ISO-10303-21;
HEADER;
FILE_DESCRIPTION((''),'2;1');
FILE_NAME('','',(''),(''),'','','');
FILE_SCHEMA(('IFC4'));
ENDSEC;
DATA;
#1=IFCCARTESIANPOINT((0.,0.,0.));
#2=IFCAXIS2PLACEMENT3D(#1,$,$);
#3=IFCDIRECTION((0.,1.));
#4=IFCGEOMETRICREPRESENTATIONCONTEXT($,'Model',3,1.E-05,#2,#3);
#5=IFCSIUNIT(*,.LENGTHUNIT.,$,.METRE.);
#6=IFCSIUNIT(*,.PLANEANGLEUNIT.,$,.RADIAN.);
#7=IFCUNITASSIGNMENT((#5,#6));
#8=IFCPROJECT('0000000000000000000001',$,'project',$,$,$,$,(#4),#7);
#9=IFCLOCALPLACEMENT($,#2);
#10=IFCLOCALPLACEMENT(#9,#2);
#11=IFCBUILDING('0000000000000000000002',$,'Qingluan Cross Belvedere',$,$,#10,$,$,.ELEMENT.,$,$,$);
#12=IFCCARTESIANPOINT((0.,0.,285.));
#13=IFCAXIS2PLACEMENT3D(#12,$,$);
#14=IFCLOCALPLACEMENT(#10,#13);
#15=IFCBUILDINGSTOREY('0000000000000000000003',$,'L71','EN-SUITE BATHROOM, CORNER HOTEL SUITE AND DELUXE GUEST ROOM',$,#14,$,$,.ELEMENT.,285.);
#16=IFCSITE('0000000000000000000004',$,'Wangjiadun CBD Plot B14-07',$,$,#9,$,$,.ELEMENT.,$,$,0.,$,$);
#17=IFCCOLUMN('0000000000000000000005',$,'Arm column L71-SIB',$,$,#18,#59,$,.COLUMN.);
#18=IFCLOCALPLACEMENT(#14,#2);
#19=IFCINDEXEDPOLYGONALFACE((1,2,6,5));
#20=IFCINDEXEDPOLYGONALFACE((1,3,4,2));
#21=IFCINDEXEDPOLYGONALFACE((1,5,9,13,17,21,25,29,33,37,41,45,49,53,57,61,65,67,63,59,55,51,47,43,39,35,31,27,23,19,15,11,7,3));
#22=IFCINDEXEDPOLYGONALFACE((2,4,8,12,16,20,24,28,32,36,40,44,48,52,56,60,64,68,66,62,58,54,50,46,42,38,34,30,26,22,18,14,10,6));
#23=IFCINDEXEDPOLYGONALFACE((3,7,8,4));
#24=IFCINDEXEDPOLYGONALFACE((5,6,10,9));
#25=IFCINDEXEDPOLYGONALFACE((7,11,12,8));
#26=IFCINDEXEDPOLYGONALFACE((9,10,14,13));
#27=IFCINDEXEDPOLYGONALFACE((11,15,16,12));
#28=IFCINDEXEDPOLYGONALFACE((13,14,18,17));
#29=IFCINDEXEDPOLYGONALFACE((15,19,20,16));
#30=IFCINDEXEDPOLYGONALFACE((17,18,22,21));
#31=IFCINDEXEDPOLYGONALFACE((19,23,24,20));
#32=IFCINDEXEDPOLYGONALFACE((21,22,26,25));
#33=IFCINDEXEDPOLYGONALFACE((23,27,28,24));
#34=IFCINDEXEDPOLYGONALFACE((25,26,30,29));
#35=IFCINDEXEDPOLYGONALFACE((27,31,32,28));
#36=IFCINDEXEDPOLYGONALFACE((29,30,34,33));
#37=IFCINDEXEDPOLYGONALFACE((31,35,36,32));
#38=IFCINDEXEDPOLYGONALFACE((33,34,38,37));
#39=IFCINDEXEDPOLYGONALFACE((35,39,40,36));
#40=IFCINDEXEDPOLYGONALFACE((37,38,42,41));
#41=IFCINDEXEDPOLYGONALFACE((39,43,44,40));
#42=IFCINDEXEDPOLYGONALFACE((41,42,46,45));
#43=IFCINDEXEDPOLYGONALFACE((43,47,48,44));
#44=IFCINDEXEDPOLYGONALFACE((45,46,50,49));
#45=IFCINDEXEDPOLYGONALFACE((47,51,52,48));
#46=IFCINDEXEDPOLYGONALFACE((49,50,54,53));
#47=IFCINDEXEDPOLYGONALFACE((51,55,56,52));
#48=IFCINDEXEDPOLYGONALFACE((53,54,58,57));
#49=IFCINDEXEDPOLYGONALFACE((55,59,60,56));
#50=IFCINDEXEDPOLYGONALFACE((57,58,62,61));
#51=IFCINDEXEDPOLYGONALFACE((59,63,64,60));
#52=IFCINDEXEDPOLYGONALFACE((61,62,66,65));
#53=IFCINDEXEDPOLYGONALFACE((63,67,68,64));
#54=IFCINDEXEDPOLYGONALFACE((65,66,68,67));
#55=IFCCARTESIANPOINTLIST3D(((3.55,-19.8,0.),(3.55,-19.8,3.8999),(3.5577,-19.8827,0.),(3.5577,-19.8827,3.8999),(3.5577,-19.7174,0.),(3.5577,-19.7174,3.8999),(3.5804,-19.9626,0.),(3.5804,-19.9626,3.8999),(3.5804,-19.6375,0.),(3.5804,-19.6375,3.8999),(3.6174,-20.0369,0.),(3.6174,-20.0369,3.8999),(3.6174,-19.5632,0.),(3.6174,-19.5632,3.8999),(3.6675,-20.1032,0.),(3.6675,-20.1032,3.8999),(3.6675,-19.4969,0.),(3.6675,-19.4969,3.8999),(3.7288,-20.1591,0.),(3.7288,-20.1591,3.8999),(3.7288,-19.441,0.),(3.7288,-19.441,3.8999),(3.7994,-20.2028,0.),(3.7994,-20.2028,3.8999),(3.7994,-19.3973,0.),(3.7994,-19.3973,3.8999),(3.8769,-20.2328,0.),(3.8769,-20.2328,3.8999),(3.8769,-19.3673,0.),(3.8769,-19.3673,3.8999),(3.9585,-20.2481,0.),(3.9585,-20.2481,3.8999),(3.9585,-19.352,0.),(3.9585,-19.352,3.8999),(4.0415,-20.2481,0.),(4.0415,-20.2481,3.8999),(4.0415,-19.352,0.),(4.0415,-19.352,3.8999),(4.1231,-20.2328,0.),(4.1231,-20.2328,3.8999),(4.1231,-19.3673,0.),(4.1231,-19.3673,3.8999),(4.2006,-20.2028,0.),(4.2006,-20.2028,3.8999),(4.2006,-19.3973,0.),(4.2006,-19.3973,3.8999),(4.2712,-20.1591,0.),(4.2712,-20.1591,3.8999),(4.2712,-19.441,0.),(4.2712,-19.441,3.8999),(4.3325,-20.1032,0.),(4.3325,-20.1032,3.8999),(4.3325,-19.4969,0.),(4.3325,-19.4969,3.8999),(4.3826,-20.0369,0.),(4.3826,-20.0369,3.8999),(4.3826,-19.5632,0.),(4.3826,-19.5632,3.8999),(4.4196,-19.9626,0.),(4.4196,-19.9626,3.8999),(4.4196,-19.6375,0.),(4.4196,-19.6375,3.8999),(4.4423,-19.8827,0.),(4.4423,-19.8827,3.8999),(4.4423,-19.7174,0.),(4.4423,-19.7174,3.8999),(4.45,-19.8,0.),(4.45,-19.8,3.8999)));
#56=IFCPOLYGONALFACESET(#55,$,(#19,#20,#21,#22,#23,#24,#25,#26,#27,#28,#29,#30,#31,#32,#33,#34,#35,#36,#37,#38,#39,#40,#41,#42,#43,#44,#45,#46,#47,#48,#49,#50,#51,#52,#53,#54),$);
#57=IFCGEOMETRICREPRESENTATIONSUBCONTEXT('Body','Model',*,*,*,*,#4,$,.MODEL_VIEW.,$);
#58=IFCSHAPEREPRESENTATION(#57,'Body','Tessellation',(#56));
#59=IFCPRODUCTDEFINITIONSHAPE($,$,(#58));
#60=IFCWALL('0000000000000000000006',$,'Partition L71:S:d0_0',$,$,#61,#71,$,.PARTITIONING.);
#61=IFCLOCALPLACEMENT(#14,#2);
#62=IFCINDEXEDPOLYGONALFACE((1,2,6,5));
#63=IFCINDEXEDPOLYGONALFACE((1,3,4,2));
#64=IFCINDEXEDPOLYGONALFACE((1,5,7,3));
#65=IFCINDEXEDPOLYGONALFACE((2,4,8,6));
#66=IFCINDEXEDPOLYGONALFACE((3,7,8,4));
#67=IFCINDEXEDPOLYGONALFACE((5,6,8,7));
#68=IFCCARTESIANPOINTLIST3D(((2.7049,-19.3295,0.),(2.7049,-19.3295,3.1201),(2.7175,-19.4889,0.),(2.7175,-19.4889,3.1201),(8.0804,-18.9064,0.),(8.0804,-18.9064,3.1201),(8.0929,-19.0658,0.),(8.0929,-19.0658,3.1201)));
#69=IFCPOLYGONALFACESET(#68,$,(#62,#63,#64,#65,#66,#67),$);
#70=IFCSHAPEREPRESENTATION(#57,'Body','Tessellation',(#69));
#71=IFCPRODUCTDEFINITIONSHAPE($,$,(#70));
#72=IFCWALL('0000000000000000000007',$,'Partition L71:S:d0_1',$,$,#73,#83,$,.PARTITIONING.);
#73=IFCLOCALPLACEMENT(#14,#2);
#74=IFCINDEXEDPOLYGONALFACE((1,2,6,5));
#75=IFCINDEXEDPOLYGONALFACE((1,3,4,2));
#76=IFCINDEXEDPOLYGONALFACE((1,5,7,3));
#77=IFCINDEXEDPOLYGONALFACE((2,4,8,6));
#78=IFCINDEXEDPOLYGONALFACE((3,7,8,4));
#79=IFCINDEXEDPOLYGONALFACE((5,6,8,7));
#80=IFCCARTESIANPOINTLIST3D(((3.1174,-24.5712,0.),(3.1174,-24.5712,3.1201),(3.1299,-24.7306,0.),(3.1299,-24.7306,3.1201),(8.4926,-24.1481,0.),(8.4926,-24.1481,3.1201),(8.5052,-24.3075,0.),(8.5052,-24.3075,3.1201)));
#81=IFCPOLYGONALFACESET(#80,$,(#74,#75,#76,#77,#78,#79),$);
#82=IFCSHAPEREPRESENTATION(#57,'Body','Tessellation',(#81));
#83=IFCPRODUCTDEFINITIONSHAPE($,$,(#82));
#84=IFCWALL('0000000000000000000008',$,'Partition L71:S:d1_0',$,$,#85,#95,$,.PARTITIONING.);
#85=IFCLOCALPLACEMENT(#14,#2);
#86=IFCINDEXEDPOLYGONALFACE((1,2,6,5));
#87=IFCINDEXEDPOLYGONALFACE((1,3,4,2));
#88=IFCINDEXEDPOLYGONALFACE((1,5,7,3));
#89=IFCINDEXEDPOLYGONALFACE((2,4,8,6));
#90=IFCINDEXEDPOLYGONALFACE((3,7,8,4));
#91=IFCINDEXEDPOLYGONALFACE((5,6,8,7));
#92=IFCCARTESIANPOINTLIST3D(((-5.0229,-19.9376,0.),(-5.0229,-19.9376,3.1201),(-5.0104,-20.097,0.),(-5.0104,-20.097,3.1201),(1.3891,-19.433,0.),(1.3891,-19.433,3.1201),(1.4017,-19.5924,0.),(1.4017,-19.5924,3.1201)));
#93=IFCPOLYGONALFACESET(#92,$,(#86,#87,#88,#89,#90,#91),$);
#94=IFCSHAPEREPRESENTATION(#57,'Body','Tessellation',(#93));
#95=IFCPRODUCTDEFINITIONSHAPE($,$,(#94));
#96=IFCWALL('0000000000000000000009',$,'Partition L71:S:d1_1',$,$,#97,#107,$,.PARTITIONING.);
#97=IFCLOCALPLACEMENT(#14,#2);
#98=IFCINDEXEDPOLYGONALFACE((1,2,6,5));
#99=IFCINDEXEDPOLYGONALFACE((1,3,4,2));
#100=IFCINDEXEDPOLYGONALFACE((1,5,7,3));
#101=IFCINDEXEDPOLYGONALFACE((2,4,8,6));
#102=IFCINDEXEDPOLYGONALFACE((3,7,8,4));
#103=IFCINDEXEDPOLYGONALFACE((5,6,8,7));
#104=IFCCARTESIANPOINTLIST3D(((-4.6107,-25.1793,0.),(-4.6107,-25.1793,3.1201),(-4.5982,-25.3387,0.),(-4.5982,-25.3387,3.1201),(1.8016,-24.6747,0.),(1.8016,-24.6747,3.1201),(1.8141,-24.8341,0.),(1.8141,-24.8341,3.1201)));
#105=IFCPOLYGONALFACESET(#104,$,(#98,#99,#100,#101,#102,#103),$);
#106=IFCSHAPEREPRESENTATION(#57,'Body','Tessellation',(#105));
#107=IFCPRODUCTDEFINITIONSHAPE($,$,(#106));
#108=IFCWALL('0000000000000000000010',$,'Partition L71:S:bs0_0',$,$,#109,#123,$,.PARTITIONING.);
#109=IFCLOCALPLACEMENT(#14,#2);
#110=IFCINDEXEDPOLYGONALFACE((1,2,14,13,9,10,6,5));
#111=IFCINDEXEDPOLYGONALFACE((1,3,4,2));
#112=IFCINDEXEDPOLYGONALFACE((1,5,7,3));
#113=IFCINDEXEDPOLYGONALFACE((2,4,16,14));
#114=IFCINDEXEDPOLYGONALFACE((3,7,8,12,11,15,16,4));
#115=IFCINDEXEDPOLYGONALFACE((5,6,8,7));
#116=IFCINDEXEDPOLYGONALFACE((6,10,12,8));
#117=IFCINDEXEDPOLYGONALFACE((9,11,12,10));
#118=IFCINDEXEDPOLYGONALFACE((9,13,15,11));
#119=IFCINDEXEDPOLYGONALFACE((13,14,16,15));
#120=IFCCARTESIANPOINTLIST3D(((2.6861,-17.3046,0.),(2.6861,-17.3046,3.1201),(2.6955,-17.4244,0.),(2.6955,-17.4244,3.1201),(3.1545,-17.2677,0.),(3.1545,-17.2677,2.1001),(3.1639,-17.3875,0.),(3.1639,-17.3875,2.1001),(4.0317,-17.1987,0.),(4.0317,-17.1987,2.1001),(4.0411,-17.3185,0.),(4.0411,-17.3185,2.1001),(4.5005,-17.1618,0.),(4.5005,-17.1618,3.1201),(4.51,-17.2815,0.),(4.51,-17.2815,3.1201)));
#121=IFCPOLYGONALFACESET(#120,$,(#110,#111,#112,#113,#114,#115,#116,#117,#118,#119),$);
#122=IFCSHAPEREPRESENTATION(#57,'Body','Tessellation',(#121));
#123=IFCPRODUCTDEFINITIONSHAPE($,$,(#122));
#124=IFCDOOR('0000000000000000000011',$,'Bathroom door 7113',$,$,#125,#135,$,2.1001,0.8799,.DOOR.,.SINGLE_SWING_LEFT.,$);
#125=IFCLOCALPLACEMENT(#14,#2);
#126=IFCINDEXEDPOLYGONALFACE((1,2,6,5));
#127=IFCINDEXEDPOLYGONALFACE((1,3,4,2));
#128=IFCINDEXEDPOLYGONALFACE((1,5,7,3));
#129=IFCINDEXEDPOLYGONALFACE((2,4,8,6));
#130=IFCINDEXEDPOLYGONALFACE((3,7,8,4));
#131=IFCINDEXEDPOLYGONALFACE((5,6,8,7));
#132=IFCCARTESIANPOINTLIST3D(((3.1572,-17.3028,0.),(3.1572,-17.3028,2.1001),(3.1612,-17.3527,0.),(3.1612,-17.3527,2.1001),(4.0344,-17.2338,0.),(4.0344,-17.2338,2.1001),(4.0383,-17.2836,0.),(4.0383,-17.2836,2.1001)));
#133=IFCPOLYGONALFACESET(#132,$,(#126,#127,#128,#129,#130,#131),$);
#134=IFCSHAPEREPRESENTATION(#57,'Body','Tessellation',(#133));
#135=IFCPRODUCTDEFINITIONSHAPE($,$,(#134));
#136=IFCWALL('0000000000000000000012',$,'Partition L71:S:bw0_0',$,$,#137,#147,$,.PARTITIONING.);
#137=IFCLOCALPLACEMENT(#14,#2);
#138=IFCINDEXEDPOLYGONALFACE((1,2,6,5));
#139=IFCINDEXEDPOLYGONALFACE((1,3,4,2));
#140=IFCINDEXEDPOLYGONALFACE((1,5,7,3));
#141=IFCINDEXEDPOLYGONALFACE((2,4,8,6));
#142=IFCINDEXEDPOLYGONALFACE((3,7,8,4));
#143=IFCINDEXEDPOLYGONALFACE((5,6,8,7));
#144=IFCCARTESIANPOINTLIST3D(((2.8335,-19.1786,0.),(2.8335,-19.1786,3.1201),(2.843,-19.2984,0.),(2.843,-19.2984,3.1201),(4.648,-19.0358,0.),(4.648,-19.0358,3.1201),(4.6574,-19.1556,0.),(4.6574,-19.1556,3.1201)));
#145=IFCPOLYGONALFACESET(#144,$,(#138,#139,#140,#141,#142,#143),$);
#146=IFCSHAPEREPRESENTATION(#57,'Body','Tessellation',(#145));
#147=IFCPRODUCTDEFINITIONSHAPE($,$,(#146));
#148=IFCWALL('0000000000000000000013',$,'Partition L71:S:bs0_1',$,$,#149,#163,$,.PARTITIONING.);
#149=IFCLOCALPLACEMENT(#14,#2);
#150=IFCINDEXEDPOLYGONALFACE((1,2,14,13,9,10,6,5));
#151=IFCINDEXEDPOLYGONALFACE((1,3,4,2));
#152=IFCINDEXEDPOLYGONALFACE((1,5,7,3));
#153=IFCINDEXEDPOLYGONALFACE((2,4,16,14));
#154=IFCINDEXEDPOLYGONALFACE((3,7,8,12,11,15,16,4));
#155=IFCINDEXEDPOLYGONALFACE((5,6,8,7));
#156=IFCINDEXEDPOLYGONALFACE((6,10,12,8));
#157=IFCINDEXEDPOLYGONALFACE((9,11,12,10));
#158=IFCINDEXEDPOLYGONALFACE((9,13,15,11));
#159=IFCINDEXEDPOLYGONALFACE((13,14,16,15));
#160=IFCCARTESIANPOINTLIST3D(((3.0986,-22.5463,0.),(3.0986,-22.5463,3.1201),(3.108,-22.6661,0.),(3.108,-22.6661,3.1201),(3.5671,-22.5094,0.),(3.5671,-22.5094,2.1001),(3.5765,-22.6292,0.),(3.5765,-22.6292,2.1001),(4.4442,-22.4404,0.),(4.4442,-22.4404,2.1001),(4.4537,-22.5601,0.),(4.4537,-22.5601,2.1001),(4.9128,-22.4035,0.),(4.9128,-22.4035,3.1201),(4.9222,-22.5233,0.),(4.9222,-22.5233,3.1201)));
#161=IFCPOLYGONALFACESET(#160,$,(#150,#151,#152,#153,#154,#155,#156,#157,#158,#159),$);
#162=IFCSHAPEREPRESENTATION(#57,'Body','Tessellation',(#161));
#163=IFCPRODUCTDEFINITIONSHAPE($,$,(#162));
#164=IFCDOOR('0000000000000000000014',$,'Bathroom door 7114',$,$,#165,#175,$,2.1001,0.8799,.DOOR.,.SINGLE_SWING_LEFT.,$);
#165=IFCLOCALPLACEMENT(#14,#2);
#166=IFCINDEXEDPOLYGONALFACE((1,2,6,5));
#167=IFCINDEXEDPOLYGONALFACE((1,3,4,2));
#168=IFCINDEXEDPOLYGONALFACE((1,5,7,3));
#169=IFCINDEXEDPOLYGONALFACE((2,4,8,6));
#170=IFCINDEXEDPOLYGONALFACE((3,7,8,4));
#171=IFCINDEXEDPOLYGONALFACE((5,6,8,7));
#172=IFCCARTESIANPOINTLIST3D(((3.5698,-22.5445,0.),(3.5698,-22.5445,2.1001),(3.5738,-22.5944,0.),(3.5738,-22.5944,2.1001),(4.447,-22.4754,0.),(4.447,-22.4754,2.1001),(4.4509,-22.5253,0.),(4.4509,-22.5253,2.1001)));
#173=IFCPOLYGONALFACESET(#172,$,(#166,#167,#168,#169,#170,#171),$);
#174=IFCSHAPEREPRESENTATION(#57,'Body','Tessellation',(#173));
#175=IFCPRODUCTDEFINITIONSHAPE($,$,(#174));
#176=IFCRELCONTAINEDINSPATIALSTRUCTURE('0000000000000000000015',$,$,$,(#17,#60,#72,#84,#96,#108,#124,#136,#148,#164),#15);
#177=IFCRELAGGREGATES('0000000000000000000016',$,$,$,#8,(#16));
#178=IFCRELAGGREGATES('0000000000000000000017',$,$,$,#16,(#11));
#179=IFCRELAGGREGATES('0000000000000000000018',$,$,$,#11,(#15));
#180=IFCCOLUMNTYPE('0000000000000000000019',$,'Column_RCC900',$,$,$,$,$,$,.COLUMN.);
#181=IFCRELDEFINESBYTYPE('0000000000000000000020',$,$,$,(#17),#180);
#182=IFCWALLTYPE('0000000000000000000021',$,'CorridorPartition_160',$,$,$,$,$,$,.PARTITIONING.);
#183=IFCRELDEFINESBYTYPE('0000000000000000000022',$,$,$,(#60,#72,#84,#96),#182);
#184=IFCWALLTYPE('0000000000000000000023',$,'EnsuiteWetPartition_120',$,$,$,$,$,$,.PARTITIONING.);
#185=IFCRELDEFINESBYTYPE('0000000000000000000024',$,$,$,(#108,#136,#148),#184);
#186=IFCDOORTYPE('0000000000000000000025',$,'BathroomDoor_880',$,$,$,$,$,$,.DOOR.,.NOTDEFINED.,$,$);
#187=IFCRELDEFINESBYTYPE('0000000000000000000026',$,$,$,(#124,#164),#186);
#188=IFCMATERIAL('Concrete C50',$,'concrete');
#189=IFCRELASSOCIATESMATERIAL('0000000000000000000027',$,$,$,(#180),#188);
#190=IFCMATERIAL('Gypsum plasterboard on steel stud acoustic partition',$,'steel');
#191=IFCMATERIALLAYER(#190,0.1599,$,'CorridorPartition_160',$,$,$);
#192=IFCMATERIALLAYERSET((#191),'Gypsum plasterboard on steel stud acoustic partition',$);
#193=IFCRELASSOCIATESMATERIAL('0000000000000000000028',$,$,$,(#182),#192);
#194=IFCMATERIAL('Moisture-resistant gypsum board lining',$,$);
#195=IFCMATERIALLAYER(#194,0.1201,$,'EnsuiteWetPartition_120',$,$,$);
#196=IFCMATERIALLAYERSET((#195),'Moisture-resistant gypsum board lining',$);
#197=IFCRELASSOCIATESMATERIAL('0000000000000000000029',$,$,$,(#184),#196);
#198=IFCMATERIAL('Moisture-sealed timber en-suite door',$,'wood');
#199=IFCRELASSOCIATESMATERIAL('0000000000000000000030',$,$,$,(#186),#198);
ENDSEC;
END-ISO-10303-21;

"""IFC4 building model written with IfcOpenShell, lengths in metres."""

from ifc_helpers import new_model, si_unit, direction, frame, frame_2d, origin, origin_2d, place, context, subcontext, project, spatial, rectangle, circle, extrude, material, layer, layer_set, material_profile, profile_set, type_object, element, fill, save


model = new_model("IFC4")

# Units and contexts
model_context = context("Model", 3, precision=1e-05, world=origin(), true_north=direction((0.0, 1.0)))
body_context = subcontext(model_context, "Body", "Model", "MODEL_VIEW")
ifc_project = project(units=[si_unit("LENGTHUNIT", "METRE"), si_unit("PLANEANGLEUNIT", "RADIAN")], contexts=[model_context])

# Site, building, storey
site_placement = place(None, origin())
site = spatial("IfcSite", under=ifc_project, at=site_placement, Name="Wangjiadun CBD Plot B14-07", CompositionType="ELEMENT", RefElevation=0.0)
building_placement = place(site_placement, origin())
building = spatial("IfcBuilding", under=site, at=building_placement, Name="Qingluan Cross Belvedere", CompositionType="ELEMENT")
storey_placement = place(building_placement, frame((0.0, 0.0, 285.0)))
storey = spatial("IfcBuildingStorey", under=building, at=storey_placement, Name="L71", Description="EN-SUITE BATHROOM, CORNER HOTEL SUITE AND DELUXE GUEST ROOM", CompositionType="ELEMENT", Elevation=285.0)

# Column
ifc_material_1 = material(Name="Concrete C50", Category="concrete")
ifc_material_profile = material_profile(ifc_material_1, circle(Radius=0.45, at=origin_2d()), Name="RCC900")
ifc_profile_set = profile_set([ifc_material_profile], Name="Concrete C50")
column_type = type_object("IfcColumnType", Name="Column_RCC900", PredefinedType="COLUMN", material=ifc_profile_set)
column_placement = place(storey_placement, frame((4.0, -19.8, 0.0), z_axis=(0.0, 0.0, 1.0), x_axis=(1.0, 0.0, 0.0)))
element("IfcColumn", 1, at=column_placement, inside=storey, type_object=column_type, Name="Arm column L71-SIB", PredefinedType="COLUMN", context=body_context, shape_type="SweptSolid", body=[
    extrude(circle(Radius=0.45, at=origin_2d()), origin(), (0.0, 0.0, 1.0), 3.8999),
])

# Walls
ifc_material_2 = material(Name="Gypsum plasterboard on steel stud acoustic partition", Category="steel")
ifc_layer_1 = layer(ifc_material_2, 0.1599, Name="CorridorPartition_160")
ifc_layer_set_1 = layer_set([ifc_layer_1], Name="Gypsum plasterboard on steel stud acoustic partition")
wall_type_1 = type_object("IfcWallType", Name="CorridorPartition_160", PredefinedType="PARTITIONING", material=ifc_layer_set_1)
wall_1_placement = place(storey_placement, frame((2.7112, -19.4092, 0.0), z_axis=(0.0, 0.0, 1.0), x_axis=(0.996917, 0.078466, 0.0)))
element("IfcWall", 2, at=wall_1_placement, inside=storey, type_object=wall_type_1, Name="Partition L71:S:d0_0", PredefinedType="PARTITIONING", context=body_context, shape_type="SweptSolid", body=[
    extrude(rectangle(XDim=5.3921, YDim=0.1599, at=frame_2d((2.696, 0.0))), origin(), (0.0, 0.0, 1.0), 3.1201),
])
wall_2_placement = place(storey_placement, frame((3.1238, -24.6509, 0.0), z_axis=(0.0, 0.0, 1.0), x_axis=(0.996917, 0.078469, 0.0)))
element("IfcWall", 3, at=wall_2_placement, inside=storey, type_object=wall_type_1, Name="Partition L71:S:d0_1", PredefinedType="PARTITIONING", context=body_context, shape_type="SweptSolid", body=[
    extrude(rectangle(XDim=5.3918, YDim=0.1599, at=frame_2d((2.6958, 0.0))), origin(), (0.0, 0.0, 1.0), 3.1201),
])
wall_3_placement = place(storey_placement, frame((1.3953, -19.5127, 0.0), z_axis=(0.0, 0.0, 1.0), x_axis=(-0.996917, -0.078458, 0.0)))
element("IfcWall", 4, at=wall_3_placement, inside=storey, type_object=wall_type_1, Name="Partition L71:S:d1_0", PredefinedType="PARTITIONING", context=body_context, shape_type="SweptSolid", body=[
    extrude(rectangle(XDim=6.4319, YDim=0.1599, at=frame_2d((3.2158, 0.0))), origin(), (0.0, 0.0, 1.0), 3.1201),
])
wall_4_placement = place(storey_placement, frame((1.8079, -24.7544, 0.0), z_axis=(0.0, 0.0, 1.0), x_axis=(-0.996918, -0.078455, 0.0)))
element("IfcWall", 5, at=wall_4_placement, inside=storey, type_object=wall_type_1, Name="Partition L71:S:d1_1", PredefinedType="PARTITIONING", context=body_context, shape_type="SweptSolid", body=[
    extrude(rectangle(XDim=6.4321, YDim=0.1599, at=frame_2d((3.2161, 0.0))), origin(), (0.0, 0.0, 1.0), 3.1201),
])

# Wall, opening, door
ifc_material_3 = material(Name="Moisture-resistant gypsum board lining")
ifc_layer_2 = layer(ifc_material_3, 0.1201, Name="EnsuiteWetPartition_120")
ifc_layer_set_2 = layer_set([ifc_layer_2], Name="Moisture-resistant gypsum board lining")
wall_type_2 = type_object("IfcWallType", Name="EnsuiteWetPartition_120", PredefinedType="PARTITIONING", material=ifc_layer_set_2)
wall_5_placement = place(storey_placement, frame((2.6907, -17.3645, 0.0), z_axis=(0.0, 0.0, 1.0), x_axis=(0.996916, 0.078471, 0.0)))
wall_5 = element("IfcWall", 6, at=wall_5_placement, inside=storey, type_object=wall_type_2, Name="Partition L71:S:bs0_0", PredefinedType="PARTITIONING", context=body_context, shape_type="SweptSolid", body=[
    extrude(rectangle(XDim=1.8201, YDim=0.1201, at=frame_2d((0.9102, 0.0))), origin(), (0.0, 0.0, 1.0), 3.1201),
])
opening_1_placement = place(wall_5_placement, frame((0.47, 0.0, 0.0)))
opening_1 = element("IfcOpeningElement", 7, at=opening_1_placement, cuts=wall_5, PredefinedType="OPENING", context=body_context, shape_type="SweptSolid", body=[
    extrude(rectangle(XDim=0.8799, YDim=2.1001, at=frame_2d((0.4399, 1.05))), frame((0.0, 0.0701, 0.0), z_axis=(0.0, -1.0, 0.0), x_axis=(1.0, 0.0, 0.0)), (0.0, 0.0, 1.0), 0.1401),
])
ifc_material_4 = material(Name="Moisture-sealed timber en-suite door", Category="wood")
door_type = type_object("IfcDoorType", Name="BathroomDoor_880", OperationType="NOTDEFINED", PredefinedType="DOOR", material=ifc_material_4)
door_1_placement = place(opening_1_placement, origin())
door_1 = element("IfcDoor", 8, at=door_1_placement, inside=storey, type_object=door_type, Name="Bathroom door 7113", OperationType="SINGLE_SWING_LEFT", OverallHeight=2.1001, OverallWidth=0.8799, PredefinedType="DOOR", context=body_context, shape_type="SweptSolid", body=[
    extrude(rectangle(XDim=0.8799, YDim=2.1001, at=frame_2d((0.4399, 1.05))), frame((0.0, 0.0249, 0.0), z_axis=(0.0, -1.0, 0.0), x_axis=(1.0, 0.0, 0.0)), (0.0, 0.0, 1.0), 0.05),
])
fill(opening_1, door_1)

# Wall
wall_6_placement = place(storey_placement, frame((2.8381, -19.2385, 0.0), z_axis=(0.0, 0.0, 1.0), x_axis=(0.996916, 0.078471, 0.0)))
element("IfcWall", 9, at=wall_6_placement, inside=storey, type_object=wall_type_2, Name="Partition L71:S:bw0_0", PredefinedType="PARTITIONING", context=body_context, shape_type="SweptSolid", body=[
    extrude(rectangle(XDim=1.8201, YDim=0.1201, at=frame_2d((0.9102, 0.0))), origin(), (0.0, 0.0, 1.0), 3.1201),
])

# Wall, opening, door
wall_7_placement = place(storey_placement, frame((3.1033, -22.6062, 0.0), z_axis=(0.0, 0.0, 1.0), x_axis=(0.996916, 0.078481, 0.0)))
wall_7 = element("IfcWall", 10, at=wall_7_placement, inside=storey, type_object=wall_type_2, Name="Partition L71:S:bs0_1", PredefinedType="PARTITIONING", context=body_context, shape_type="SweptSolid", body=[
    extrude(rectangle(XDim=1.8198, YDim=0.1201, at=frame_2d((0.9099, 0.0))), origin(), (0.0, 0.0, 1.0), 3.1201),
])
opening_2_placement = place(wall_7_placement, frame((0.47, 0.0, 0.0)))
opening_2 = element("IfcOpeningElement", 11, at=opening_2_placement, cuts=wall_7, PredefinedType="OPENING", context=body_context, shape_type="SweptSolid", body=[
    extrude(rectangle(XDim=0.8799, YDim=2.1001, at=frame_2d((0.4399, 1.05))), frame((0.0, 0.0701, 0.0), z_axis=(0.0, -1.0, 0.0), x_axis=(1.0, 0.0, 0.0)), (0.0, 0.0, 1.0), 0.1401),
])
door_2_placement = place(opening_2_placement, origin())
door_2 = element("IfcDoor", 12, at=door_2_placement, inside=storey, type_object=door_type, Name="Bathroom door 7114", OperationType="SINGLE_SWING_LEFT", OverallHeight=2.1001, OverallWidth=0.8799, PredefinedType="DOOR", context=body_context, shape_type="SweptSolid", body=[
    extrude(rectangle(XDim=0.8799, YDim=2.1001, at=frame_2d((0.4399, 1.05))), frame((0.0, 0.0249, 0.0), z_axis=(0.0, -1.0, 0.0), x_axis=(1.0, 0.0, 0.0)), (0.0, 0.0, 1.0), 0.05),
])
fill(opening_2, door_2)

save(model, "model.ifc")
